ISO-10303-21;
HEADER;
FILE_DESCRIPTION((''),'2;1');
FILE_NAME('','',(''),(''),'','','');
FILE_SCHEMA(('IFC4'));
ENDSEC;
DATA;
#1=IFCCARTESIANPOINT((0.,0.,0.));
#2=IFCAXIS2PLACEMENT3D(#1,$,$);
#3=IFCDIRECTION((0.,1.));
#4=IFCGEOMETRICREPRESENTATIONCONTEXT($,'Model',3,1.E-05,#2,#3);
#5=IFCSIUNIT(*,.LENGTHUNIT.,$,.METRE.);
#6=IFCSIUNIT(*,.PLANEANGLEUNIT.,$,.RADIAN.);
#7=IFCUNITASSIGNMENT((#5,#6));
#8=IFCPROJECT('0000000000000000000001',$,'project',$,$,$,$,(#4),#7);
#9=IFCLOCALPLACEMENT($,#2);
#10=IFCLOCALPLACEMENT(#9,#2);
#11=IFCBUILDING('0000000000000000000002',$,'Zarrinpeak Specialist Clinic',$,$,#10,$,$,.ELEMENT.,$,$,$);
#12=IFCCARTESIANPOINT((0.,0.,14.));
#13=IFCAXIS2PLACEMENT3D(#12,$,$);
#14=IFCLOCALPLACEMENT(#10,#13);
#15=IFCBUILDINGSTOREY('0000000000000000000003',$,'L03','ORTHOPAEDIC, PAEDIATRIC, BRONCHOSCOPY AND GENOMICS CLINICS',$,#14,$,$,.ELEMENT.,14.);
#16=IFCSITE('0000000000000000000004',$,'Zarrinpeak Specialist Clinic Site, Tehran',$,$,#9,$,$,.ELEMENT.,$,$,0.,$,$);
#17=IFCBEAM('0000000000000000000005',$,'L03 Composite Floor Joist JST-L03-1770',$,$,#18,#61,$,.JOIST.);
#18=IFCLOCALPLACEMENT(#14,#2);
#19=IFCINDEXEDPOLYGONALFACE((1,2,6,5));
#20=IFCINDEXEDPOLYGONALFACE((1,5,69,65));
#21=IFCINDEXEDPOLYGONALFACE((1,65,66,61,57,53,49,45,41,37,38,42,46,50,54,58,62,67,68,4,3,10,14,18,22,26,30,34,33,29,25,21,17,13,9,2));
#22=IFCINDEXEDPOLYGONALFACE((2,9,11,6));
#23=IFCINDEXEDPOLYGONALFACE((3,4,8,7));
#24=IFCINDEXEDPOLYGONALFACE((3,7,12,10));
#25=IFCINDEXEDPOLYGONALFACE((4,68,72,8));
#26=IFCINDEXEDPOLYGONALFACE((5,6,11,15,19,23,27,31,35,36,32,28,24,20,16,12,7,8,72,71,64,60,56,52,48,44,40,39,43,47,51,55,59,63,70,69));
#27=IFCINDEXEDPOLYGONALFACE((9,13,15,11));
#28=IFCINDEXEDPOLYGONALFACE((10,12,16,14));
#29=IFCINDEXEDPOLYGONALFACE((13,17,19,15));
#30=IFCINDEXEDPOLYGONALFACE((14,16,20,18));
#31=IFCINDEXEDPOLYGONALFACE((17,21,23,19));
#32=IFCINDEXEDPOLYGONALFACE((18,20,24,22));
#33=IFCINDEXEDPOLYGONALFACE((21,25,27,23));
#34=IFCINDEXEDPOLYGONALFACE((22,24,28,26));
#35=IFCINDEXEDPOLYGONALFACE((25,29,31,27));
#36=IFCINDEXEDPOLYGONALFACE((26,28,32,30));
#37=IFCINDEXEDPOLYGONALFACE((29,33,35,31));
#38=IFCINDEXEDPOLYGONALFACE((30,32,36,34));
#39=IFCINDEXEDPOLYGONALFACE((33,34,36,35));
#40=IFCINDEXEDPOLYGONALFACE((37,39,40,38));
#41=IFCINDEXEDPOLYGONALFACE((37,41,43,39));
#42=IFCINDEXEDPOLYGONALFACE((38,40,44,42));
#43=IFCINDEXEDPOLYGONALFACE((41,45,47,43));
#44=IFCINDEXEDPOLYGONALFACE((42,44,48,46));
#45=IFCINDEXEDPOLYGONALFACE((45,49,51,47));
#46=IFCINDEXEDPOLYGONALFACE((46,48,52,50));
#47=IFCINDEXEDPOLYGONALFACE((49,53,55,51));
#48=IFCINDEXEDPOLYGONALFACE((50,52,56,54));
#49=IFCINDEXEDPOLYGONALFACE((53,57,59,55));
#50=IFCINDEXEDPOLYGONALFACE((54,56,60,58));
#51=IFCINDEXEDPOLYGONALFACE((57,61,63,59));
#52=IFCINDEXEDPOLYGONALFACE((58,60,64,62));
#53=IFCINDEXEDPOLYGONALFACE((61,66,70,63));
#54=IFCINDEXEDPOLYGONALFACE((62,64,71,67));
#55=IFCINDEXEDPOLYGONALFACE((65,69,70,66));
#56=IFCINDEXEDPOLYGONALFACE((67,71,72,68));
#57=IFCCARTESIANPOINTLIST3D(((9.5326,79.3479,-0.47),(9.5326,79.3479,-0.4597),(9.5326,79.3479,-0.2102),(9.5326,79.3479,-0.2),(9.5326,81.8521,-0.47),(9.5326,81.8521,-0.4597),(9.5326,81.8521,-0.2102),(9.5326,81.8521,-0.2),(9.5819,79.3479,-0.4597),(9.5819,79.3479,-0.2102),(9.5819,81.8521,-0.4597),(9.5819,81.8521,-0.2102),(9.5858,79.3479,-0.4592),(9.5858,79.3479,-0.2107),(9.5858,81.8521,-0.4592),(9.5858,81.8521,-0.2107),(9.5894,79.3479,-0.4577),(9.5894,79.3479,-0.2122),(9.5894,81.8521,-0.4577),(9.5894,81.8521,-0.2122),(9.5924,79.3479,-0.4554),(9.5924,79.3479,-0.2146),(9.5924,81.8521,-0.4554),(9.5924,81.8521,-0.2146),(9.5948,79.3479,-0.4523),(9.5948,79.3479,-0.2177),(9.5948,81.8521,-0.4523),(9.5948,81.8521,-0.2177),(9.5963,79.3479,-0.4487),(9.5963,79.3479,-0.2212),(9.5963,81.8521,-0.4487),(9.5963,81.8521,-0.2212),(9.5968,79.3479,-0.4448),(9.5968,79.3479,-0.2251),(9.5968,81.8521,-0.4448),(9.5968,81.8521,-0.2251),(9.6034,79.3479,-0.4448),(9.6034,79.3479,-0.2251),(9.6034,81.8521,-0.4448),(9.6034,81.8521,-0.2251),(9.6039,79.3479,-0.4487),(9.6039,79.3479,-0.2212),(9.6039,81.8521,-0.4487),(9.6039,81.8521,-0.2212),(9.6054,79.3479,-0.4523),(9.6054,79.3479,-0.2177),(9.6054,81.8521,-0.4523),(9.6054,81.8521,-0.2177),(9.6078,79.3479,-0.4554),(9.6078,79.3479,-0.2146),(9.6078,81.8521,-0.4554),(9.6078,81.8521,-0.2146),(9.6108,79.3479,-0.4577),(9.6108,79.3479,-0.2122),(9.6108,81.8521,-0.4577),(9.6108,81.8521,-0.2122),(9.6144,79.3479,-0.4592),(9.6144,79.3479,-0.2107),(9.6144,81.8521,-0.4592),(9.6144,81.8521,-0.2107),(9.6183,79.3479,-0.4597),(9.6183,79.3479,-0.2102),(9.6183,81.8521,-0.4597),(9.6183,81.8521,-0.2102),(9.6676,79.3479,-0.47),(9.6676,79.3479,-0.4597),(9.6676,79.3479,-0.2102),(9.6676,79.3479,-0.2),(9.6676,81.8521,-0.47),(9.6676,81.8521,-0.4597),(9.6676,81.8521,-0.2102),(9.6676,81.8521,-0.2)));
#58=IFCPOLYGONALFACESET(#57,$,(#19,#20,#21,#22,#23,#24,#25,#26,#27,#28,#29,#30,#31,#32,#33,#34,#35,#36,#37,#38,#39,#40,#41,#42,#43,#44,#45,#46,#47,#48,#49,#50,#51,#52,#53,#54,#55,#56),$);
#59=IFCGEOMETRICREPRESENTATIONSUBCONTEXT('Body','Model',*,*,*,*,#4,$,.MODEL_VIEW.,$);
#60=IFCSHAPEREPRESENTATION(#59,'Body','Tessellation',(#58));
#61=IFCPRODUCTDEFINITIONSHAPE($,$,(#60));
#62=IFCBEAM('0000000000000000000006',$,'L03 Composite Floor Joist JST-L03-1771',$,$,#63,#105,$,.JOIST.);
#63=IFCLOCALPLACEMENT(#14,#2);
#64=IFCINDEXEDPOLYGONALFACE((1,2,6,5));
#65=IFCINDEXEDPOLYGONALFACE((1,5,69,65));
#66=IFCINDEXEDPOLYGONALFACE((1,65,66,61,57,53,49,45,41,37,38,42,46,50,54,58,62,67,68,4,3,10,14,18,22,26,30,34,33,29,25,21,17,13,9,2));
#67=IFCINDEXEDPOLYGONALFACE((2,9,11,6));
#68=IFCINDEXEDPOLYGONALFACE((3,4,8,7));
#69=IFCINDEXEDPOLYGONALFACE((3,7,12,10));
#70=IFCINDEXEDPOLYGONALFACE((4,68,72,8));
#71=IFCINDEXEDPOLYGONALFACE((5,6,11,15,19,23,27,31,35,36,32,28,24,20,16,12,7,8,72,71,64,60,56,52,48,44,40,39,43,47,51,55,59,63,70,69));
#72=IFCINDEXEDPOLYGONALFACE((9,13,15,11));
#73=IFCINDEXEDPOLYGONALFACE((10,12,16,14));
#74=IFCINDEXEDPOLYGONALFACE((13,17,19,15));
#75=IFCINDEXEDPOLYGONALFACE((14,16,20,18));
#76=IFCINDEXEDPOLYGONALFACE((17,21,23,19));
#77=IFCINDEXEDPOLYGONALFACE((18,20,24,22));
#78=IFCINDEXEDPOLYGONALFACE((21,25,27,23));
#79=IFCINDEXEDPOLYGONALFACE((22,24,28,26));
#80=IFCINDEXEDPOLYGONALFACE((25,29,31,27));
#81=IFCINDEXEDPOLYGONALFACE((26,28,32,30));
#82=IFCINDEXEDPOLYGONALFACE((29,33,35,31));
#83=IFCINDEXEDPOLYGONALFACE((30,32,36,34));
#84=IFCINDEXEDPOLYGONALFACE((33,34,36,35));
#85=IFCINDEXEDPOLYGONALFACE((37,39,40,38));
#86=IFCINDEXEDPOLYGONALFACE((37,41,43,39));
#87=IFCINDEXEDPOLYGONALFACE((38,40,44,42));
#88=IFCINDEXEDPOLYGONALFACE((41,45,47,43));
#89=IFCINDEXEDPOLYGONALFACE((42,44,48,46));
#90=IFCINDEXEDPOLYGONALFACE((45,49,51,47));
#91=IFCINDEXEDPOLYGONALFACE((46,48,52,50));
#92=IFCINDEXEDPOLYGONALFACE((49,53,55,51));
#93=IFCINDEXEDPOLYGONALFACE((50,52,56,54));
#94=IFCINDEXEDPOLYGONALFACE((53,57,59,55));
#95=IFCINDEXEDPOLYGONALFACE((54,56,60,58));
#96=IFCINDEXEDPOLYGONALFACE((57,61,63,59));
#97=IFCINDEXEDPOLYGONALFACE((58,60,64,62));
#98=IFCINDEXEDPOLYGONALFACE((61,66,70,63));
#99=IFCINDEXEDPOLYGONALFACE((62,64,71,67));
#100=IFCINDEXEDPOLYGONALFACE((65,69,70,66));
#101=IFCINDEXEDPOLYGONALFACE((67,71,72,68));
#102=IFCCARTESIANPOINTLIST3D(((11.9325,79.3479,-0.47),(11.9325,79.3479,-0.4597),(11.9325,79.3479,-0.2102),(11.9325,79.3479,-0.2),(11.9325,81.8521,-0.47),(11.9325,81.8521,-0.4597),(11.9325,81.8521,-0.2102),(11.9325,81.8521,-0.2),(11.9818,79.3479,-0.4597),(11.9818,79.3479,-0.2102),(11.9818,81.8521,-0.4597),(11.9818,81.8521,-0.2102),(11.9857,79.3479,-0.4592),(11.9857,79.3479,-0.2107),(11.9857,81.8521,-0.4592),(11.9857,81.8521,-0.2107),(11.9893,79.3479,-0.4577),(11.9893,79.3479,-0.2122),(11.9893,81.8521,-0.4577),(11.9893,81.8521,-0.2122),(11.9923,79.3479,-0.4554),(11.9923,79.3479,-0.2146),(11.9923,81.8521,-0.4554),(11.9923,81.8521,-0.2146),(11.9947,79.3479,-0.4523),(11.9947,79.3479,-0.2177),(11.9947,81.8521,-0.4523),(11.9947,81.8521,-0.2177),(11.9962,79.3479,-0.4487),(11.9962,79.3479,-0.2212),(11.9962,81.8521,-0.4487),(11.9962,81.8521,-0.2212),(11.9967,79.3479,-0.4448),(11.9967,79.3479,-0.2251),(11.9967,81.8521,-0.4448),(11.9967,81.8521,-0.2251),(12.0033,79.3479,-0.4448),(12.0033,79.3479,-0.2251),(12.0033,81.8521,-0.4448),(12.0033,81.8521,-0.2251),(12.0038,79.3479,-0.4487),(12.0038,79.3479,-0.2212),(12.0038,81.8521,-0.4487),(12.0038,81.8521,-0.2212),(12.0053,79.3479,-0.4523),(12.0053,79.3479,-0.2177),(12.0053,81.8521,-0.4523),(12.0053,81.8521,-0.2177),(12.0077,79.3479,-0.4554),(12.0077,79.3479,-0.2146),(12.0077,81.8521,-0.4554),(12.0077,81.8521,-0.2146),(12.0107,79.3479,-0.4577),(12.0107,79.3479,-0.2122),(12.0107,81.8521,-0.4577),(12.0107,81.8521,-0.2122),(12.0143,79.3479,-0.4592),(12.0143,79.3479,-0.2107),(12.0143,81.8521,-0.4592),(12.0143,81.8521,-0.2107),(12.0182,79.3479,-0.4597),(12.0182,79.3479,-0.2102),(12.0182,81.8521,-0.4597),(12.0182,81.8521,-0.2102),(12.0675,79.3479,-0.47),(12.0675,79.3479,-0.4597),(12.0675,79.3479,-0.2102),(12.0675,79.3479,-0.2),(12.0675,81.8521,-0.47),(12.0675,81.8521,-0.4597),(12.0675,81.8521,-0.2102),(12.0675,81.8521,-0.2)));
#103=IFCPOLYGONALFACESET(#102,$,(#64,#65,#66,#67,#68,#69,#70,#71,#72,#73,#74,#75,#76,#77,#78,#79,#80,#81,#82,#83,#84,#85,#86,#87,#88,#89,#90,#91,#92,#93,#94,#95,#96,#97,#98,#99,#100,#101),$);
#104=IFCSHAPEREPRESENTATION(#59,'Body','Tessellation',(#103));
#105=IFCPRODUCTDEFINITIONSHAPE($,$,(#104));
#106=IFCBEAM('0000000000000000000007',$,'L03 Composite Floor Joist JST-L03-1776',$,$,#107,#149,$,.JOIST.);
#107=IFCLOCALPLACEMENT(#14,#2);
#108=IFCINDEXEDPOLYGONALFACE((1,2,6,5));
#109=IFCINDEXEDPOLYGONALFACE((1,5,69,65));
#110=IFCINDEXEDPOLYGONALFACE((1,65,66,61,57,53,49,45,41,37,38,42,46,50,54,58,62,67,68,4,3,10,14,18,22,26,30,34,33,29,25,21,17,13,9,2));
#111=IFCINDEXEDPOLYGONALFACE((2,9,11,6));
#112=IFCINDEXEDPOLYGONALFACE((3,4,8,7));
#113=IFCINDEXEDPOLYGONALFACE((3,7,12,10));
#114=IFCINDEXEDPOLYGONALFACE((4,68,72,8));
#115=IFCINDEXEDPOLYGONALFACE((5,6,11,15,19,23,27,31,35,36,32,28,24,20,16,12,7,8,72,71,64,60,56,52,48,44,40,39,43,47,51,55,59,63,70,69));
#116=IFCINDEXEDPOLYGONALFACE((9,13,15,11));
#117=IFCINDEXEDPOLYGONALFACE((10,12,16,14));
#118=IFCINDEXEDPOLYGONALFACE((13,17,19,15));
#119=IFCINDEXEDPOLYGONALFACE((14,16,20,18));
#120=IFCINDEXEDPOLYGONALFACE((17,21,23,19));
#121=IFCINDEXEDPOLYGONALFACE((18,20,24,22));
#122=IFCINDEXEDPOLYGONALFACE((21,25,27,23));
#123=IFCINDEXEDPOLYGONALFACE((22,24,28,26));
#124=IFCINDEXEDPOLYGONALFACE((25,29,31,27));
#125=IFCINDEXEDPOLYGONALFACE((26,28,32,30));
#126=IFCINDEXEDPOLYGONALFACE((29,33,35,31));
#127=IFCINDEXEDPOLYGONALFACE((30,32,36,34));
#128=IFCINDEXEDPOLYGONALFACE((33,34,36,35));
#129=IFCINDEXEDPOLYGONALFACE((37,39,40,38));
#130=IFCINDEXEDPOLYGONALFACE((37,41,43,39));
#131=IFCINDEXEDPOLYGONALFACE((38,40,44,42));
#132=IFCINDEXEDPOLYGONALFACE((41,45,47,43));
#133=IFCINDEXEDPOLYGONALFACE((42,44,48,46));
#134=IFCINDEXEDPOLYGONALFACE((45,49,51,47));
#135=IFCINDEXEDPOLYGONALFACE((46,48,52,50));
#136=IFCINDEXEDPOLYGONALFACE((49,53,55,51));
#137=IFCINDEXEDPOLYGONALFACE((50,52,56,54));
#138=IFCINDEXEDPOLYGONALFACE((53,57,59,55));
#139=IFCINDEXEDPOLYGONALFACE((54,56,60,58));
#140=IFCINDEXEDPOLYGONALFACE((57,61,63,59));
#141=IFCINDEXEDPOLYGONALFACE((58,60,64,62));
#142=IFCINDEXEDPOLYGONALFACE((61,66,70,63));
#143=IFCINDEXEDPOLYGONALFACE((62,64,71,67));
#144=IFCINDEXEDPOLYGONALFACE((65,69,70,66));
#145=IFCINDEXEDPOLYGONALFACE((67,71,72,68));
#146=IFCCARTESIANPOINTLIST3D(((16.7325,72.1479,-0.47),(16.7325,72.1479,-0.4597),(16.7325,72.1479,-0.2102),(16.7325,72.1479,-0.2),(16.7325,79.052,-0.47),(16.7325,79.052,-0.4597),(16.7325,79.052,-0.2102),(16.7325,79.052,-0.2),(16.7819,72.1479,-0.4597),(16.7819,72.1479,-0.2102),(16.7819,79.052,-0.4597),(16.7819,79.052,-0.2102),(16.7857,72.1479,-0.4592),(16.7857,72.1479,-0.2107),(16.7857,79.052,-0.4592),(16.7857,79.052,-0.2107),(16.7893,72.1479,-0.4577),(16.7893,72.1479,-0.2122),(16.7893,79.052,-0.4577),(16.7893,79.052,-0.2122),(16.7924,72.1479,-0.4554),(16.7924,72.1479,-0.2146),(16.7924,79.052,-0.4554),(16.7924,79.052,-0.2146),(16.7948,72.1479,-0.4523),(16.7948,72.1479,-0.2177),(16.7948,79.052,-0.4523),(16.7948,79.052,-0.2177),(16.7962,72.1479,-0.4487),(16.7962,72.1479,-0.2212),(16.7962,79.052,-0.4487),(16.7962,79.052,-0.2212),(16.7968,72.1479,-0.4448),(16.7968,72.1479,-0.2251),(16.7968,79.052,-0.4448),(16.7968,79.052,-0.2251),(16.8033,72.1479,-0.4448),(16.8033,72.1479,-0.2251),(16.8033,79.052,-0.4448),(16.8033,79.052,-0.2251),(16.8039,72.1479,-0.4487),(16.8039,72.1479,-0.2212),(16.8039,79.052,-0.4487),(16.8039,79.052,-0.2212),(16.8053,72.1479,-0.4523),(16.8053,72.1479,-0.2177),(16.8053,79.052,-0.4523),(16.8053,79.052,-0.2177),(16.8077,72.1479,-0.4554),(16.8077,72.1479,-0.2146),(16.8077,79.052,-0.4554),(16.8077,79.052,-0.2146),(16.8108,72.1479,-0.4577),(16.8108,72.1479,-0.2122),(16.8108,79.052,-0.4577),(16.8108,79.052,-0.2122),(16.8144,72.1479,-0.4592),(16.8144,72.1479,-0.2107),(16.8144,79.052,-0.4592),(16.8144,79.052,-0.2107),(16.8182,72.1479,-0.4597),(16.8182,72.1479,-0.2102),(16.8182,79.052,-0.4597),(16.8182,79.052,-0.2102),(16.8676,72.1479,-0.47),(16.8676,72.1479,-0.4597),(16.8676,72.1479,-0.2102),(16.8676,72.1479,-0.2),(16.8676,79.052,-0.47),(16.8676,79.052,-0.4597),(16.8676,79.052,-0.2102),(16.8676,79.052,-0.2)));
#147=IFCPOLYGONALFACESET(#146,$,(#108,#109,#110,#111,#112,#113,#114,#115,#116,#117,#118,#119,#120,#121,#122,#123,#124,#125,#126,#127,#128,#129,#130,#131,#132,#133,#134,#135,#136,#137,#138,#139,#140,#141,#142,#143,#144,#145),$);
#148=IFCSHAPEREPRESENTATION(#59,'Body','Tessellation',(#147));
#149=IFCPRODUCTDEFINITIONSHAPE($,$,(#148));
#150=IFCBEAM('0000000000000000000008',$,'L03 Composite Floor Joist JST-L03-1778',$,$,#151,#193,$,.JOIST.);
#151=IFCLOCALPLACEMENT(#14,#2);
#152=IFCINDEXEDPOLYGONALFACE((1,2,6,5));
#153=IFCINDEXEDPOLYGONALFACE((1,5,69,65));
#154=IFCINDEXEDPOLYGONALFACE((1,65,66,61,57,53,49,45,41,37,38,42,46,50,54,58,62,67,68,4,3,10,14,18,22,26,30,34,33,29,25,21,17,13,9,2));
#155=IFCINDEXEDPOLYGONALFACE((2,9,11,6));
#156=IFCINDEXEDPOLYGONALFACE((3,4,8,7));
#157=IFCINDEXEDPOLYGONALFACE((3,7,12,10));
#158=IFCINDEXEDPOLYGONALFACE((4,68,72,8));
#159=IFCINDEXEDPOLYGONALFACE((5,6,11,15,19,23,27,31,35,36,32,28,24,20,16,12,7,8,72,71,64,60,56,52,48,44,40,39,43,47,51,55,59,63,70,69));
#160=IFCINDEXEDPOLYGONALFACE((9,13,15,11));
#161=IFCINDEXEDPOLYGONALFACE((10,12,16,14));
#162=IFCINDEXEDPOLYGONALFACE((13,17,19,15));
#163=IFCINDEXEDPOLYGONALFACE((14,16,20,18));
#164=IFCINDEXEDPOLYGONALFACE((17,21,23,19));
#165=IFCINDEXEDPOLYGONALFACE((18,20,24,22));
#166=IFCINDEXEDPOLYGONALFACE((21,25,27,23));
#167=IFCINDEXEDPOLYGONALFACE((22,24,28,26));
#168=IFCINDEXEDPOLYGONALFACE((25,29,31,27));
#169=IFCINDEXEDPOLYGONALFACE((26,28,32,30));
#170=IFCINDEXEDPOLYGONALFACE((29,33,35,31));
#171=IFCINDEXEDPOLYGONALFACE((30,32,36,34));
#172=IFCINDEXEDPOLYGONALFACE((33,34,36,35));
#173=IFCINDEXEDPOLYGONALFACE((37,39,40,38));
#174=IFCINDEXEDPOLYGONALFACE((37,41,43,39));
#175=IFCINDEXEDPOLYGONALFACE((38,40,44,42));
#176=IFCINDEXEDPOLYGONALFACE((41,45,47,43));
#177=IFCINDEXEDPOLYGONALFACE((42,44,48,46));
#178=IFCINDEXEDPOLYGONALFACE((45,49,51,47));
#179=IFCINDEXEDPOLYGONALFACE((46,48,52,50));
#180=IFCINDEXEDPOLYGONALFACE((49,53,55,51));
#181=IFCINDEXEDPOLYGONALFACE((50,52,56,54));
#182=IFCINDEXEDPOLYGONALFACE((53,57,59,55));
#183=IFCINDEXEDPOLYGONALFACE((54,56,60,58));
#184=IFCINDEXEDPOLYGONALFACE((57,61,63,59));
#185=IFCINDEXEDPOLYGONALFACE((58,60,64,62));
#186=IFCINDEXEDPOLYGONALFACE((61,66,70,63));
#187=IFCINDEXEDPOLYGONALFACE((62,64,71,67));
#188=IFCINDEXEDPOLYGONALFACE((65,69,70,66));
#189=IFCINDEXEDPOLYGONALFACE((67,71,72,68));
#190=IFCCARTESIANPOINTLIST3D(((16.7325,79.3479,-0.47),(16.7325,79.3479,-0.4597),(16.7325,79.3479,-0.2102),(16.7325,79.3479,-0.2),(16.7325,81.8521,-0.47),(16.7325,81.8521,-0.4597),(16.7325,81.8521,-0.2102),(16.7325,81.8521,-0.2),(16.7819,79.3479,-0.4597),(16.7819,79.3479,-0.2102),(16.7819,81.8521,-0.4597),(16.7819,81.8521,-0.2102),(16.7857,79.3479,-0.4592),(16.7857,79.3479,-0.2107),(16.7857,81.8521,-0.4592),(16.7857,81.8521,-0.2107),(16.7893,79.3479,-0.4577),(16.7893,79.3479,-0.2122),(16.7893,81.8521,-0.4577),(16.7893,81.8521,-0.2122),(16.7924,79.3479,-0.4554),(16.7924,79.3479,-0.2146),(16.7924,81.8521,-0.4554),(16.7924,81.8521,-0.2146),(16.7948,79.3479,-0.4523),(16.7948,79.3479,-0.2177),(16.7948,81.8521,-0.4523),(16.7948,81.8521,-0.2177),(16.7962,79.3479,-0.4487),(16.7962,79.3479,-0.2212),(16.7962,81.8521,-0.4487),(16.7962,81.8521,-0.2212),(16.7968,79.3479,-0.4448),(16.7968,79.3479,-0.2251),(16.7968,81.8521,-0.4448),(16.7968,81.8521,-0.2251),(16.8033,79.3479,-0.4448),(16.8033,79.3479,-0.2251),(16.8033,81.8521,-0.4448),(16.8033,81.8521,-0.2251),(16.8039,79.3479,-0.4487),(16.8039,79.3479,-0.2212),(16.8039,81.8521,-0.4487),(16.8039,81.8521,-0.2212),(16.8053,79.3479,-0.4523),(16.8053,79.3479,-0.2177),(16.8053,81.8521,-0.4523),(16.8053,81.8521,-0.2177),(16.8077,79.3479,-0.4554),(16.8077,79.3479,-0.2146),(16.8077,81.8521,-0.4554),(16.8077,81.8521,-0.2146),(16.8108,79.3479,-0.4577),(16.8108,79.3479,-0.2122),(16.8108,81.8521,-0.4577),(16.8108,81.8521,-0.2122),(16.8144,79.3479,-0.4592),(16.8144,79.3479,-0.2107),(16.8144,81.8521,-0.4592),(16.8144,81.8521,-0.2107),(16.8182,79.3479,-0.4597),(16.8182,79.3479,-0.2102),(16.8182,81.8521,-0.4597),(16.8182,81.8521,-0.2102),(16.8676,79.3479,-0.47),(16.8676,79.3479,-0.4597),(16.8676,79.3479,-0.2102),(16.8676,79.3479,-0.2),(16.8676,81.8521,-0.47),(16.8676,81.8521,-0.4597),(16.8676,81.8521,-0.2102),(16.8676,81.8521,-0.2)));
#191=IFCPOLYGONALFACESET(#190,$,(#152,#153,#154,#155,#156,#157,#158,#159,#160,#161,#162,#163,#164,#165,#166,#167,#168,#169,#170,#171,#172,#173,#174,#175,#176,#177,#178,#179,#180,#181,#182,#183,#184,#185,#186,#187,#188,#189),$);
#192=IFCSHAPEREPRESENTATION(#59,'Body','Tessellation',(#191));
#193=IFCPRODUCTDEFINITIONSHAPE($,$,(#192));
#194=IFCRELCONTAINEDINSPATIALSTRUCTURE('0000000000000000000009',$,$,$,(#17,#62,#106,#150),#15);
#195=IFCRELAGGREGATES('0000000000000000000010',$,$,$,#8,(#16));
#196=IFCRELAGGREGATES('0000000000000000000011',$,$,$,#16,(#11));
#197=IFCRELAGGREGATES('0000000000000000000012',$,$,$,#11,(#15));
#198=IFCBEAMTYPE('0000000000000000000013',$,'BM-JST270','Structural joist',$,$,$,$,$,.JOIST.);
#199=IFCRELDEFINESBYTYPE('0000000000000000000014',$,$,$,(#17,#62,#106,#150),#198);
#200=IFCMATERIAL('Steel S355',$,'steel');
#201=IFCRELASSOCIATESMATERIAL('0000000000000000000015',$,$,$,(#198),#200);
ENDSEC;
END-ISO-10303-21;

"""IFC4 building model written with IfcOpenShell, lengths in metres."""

from ifc_helpers import new_model, si_unit, direction, frame, origin, origin_2d, place, context, subcontext, project, spatial, i_section, extrude, material, material_profile, profile_set, type_object, element, save


model = new_model("IFC4")

# Units and contexts
model_context = context("Model", 3, precision=1e-05, world=origin(), true_north=direction((0.0, 1.0)))
body_context = subcontext(model_context, "Body", "Model", "MODEL_VIEW")
ifc_project = project(units=[si_unit("LENGTHUNIT", "METRE"), si_unit("PLANEANGLEUNIT", "RADIAN")], contexts=[model_context])

# Site, building, storey
site_placement = place(None, origin())
site = spatial("IfcSite", under=ifc_project, at=site_placement, Name="Zarrinpeak Specialist Clinic Site, Tehran", CompositionType="ELEMENT", RefElevation=0.0)
building_placement = place(site_placement, origin())
building = spatial("IfcBuilding", under=site, at=building_placement, Name="Zarrinpeak Specialist Clinic", CompositionType="ELEMENT")
storey_placement = place(building_placement, frame((0.0, 0.0, 14.0)))
storey = spatial("IfcBuildingStorey", under=building, at=storey_placement, Name="L03", Description="ORTHOPAEDIC, PAEDIATRIC, BRONCHOSCOPY AND GENOMICS CLINICS", CompositionType="ELEMENT", Elevation=14.0)

# Shared definitions
ifc_material_1 = material(Name="Steel S355", Category="steel")

# Beams
ifc_material_profile_1 = material_profile(ifc_material_1, i_section(OverallWidth=0.135, OverallDepth=0.27, WebThickness=0.0066, FlangeThickness=0.0103, FilletRadius=0.0149, at=origin_2d()), Name="IPE 270")
ifc_profile_set_1 = profile_set([ifc_material_profile_1], Name="Steel S355")
beam_type_1 = type_object("IfcBeamType", Name="BM-JST270", Description="Structural joist", PredefinedType="JOIST", material=ifc_profile_set_1)
for number, where, z_axis, x_axis, name in (
    (1, (9.6001, 79.3479, -0.335), (0.0, 1.0, 0.0), (-1.0, 0.0, 0.0), "L03 Composite Floor Joist JST-L03-1770"),
    (2, (12.0, 79.3479, -0.335), (0.0, 1.0, 0.0), (-1.0, 0.0, 0.0), "L03 Composite Floor Joist JST-L03-1771"),
):
    element("IfcBeam", number, at=place(storey_placement, frame(where, z_axis=z_axis, x_axis=x_axis)), inside=storey, type_object=beam_type_1, Name=name, PredefinedType="JOIST", context=body_context, shape_type="SweptSolid", body=[
        extrude(i_section(OverallWidth=0.135, OverallDepth=0.27, WebThickness=0.0066, FlangeThickness=0.0103, FilletRadius=0.0149, at=origin_2d()), origin(), (0.0, 0.0, 1.0), 2.5042),
    ])
beam_1_placement = place(storey_placement, frame((16.8, 72.1479, -0.335), z_axis=(0.0, 1.0, 0.0), x_axis=(-1.0, 0.0, 0.0)))
element("IfcBeam", 3, at=beam_1_placement, inside=storey, type_object=beam_type_1, Name="L03 Composite Floor Joist JST-L03-1776", PredefinedType="JOIST", context=body_context, shape_type="SweptSolid", body=[
    extrude(i_section(OverallWidth=0.135, OverallDepth=0.27, WebThickness=0.0066, FlangeThickness=0.0103, FilletRadius=0.0149, at=origin_2d()), origin(), (0.0, 0.0, 1.0), 6.9041),
])
beam_2_placement = place(storey_placement, frame((16.8, 79.3479, -0.335), z_axis=(0.0, 1.0, 0.0), x_axis=(-1.0, 0.0, 0.0)))
element("IfcBeam", 4, at=beam_2_placement, inside=storey, type_object=beam_type_1, Name="L03 Composite Floor Joist JST-L03-1778", PredefinedType="JOIST", context=body_context, shape_type="SweptSolid", body=[
    extrude(i_section(OverallWidth=0.135, OverallDepth=0.27, WebThickness=0.0066, FlangeThickness=0.0103, FilletRadius=0.0149, at=origin_2d()), origin(), (0.0, 0.0, 1.0), 2.5042),
])

save(model, "model.ifc")
